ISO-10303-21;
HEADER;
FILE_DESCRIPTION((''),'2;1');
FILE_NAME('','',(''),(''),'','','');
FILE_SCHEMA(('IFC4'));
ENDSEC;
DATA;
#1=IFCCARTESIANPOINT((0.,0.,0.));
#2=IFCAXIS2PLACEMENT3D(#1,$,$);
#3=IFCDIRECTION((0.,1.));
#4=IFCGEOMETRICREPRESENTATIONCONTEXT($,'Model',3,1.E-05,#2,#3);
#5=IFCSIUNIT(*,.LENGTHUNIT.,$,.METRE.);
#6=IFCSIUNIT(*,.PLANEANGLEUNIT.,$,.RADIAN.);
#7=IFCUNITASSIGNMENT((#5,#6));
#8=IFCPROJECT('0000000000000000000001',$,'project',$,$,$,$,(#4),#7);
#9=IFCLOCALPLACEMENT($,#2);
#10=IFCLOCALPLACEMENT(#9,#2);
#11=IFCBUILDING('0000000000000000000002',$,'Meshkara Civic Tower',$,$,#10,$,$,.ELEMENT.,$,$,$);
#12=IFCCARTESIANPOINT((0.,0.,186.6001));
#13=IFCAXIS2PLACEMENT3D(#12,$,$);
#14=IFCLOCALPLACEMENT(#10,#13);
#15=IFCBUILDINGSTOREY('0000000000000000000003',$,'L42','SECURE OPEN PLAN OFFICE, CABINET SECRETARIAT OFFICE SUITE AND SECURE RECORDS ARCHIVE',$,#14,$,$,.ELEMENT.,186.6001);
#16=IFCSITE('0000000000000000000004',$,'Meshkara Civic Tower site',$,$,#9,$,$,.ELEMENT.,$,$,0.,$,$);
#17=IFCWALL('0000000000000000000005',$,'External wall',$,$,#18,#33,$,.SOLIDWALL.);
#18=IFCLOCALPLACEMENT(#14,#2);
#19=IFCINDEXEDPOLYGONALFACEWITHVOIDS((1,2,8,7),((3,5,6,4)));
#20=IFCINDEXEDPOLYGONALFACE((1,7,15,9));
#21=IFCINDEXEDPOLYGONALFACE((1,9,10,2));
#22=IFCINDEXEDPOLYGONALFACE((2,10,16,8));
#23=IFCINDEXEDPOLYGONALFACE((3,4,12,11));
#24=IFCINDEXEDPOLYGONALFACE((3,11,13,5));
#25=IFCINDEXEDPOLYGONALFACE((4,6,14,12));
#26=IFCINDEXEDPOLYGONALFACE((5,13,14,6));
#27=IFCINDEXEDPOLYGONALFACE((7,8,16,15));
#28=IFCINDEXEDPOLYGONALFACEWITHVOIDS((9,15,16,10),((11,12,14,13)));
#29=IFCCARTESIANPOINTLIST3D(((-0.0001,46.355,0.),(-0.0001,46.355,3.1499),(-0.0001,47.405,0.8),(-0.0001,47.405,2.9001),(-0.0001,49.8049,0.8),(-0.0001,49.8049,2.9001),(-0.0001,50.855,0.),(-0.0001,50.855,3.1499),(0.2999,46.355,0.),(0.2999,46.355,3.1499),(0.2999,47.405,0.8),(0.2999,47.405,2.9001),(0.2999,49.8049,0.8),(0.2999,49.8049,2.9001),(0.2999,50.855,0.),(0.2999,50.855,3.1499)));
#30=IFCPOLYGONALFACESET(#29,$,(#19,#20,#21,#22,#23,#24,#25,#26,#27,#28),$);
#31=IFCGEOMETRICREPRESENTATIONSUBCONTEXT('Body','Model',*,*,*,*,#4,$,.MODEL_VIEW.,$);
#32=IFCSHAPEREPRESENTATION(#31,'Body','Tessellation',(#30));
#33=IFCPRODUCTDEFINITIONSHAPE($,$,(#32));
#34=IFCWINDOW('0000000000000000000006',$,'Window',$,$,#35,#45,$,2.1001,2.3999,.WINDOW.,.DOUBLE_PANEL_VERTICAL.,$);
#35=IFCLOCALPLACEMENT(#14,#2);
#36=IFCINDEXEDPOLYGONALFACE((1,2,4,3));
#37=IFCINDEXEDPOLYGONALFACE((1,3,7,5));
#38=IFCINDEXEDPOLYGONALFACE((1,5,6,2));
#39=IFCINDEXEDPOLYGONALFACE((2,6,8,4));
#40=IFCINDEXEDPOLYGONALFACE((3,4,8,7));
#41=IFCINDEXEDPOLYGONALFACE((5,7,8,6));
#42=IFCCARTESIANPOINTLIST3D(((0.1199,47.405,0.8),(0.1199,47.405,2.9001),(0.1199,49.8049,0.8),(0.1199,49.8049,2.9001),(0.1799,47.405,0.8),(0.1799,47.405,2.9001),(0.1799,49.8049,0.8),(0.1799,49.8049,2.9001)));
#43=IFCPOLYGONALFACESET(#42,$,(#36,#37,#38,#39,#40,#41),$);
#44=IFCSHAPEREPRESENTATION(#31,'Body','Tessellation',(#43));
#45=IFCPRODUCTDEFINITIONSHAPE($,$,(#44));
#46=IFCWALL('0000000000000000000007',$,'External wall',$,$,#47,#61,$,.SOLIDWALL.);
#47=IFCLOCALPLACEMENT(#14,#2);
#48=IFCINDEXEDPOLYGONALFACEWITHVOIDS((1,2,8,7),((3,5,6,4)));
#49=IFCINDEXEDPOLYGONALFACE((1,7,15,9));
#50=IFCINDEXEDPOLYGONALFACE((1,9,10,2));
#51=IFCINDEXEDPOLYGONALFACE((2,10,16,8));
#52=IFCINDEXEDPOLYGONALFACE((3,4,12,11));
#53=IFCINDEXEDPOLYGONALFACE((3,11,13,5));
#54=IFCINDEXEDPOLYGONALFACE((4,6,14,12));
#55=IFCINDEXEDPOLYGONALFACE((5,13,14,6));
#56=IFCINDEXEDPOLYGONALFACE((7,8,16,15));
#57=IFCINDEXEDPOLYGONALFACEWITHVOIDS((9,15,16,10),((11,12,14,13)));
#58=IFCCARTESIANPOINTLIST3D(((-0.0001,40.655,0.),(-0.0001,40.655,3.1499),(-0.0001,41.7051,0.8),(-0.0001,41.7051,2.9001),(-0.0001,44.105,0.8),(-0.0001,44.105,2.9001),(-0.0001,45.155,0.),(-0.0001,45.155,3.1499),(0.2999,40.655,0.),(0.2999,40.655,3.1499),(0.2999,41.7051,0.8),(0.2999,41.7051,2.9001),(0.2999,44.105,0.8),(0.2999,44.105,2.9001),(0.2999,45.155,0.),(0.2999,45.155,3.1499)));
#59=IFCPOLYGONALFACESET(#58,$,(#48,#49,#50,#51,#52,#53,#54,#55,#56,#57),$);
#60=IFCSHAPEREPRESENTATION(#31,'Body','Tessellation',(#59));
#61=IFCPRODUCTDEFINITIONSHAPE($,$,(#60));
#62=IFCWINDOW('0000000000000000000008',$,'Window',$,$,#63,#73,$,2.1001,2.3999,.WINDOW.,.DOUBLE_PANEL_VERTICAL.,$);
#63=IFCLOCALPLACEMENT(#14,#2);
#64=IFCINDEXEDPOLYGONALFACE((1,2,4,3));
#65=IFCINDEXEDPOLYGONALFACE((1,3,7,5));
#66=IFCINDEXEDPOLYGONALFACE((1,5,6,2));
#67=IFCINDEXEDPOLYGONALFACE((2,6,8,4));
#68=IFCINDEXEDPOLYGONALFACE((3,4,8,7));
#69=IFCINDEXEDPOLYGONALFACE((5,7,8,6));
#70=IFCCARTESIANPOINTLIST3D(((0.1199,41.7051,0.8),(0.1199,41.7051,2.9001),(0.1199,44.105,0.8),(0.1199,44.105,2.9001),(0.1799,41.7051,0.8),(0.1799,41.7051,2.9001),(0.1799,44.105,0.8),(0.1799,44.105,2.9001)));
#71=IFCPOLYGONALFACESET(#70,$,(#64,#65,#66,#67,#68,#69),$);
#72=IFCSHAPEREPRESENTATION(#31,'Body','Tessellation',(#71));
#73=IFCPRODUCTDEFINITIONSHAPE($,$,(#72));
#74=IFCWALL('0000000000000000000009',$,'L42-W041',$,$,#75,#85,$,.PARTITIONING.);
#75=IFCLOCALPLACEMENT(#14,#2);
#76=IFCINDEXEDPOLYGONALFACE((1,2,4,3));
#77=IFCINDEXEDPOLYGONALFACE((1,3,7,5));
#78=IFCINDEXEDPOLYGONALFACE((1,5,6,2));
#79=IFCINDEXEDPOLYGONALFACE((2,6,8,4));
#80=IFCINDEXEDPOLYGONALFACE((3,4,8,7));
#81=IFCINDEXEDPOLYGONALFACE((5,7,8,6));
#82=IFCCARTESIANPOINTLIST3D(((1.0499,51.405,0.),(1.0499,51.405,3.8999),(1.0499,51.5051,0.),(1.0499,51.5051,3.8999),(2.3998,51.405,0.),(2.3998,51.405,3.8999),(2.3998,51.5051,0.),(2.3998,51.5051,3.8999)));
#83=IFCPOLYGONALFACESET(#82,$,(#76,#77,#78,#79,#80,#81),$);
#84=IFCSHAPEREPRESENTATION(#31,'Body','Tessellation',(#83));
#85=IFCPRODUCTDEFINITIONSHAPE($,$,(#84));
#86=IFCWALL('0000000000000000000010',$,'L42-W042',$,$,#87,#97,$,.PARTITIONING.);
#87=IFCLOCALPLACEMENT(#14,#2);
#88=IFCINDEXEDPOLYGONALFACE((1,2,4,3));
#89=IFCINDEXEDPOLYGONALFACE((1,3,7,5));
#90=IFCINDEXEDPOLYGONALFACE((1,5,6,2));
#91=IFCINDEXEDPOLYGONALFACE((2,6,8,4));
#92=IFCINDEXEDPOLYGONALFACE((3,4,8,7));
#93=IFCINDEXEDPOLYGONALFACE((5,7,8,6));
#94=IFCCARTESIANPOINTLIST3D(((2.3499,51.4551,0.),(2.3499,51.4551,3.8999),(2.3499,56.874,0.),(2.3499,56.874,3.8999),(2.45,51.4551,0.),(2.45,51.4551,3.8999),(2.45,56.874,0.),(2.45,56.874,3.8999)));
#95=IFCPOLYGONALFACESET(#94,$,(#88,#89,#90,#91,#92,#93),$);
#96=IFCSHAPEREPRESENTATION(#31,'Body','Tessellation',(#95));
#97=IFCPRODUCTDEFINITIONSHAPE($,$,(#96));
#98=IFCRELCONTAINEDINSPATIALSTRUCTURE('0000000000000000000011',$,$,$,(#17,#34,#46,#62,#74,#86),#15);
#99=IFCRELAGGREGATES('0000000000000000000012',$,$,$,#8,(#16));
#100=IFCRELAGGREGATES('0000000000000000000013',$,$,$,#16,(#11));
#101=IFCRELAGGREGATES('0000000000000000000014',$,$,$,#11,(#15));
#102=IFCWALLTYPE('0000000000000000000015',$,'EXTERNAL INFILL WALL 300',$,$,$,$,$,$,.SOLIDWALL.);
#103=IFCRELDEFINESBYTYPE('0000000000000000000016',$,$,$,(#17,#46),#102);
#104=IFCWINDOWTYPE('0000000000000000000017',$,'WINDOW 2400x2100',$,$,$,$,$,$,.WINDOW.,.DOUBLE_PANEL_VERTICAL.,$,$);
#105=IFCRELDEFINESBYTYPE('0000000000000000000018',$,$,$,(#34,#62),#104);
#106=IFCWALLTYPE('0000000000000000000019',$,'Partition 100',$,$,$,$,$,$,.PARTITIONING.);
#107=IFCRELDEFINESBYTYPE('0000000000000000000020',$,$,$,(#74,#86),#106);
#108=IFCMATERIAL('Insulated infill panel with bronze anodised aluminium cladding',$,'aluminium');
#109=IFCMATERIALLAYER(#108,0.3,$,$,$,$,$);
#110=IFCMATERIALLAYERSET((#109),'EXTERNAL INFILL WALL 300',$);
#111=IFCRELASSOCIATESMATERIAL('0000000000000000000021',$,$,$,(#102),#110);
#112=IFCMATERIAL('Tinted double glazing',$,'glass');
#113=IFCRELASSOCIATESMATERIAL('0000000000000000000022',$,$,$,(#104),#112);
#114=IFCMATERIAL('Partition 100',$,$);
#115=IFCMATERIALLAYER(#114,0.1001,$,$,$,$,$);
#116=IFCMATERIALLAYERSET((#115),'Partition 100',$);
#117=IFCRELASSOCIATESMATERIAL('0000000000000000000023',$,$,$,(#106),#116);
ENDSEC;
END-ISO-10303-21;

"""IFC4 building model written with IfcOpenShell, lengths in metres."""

from ifc_helpers import new_model, si_unit, direction, frame, frame_2d, origin, place, context, subcontext, project, spatial, rectangle, extrude, material, layer, layer_set, type_object, element, fill, save


model = new_model("IFC4")

# Units and contexts
model_context = context("Model", 3, precision=1e-05, world=origin(), true_north=direction((0.0, 1.0)))
body_context = subcontext(model_context, "Body", "Model", "MODEL_VIEW")
ifc_project = project(units=[si_unit("LENGTHUNIT", "METRE"), si_unit("PLANEANGLEUNIT", "RADIAN")], contexts=[model_context])

# Site, building, storey
site_placement = place(None, origin())
site = spatial("IfcSite", under=ifc_project, at=site_placement, Name="Meshkara Civic Tower site", CompositionType="ELEMENT", RefElevation=0.0)
building_placement = place(site_placement, origin())
building = spatial("IfcBuilding", under=site, at=building_placement, Name="Meshkara Civic Tower", CompositionType="ELEMENT")
storey_placement = place(building_placement, frame((0.0, 0.0, 186.6001)))
storey = spatial("IfcBuildingStorey", under=building, at=storey_placement, Name="L42", Description="SECURE OPEN PLAN OFFICE, CABINET SECRETARIAT OFFICE SUITE AND SECURE RECORDS ARCHIVE", CompositionType="ELEMENT", Elevation=186.6001)

# Walls, openings, windows
ifc_material_1 = material(Name="Insulated infill panel with bronze anodised aluminium cladding", Category="aluminium")
ifc_layer_1 = layer(ifc_material_1, 0.3)
ifc_layer_set_1 = layer_set([ifc_layer_1], Name="EXTERNAL INFILL WALL 300")
wall_type_1 = type_object("IfcWallType", Name="EXTERNAL INFILL WALL 300", PredefinedType="SOLIDWALL", material=ifc_layer_set_1)
ifc_material_2 = material(Name="Tinted double glazing", Category="glass")
window_type = type_object("IfcWindowType", Name="WINDOW 2400x2100", PartitioningType="DOUBLE_PANEL_VERTICAL", PredefinedType="WINDOW", material=ifc_material_2)
wall_1_placement = place(storey_placement, frame((0.1499, 50.855, 0.0), z_axis=(0.0, 0.0, 1.0), x_axis=(0.0, -1.0, 0.0)))
wall_1 = element("IfcWall", 1, at=wall_1_placement, inside=storey, type_object=wall_type_1, Name="External wall", PredefinedType="SOLIDWALL", context=body_context, shape_type="SweptSolid", body=[
    extrude(rectangle(XDim=4.5, YDim=0.3, at=frame_2d((2.25, 0.0))), origin(), (0.0, 0.0, 1.0), 3.1499),
])
opening_1_placement = place(wall_1_placement, frame((1.05, 0.0, 0.8)))
opening_1 = element("IfcOpeningElement", 2, at=opening_1_placement, cuts=wall_1, PredefinedType="OPENING", context=body_context, shape_type="SweptSolid", body=[
    extrude(rectangle(XDim=2.3999, YDim=2.1001, at=frame_2d((1.2, 1.05))), frame((0.0, 0.1599, 0.0), z_axis=(0.0, -1.0, 0.0), x_axis=(1.0, 0.0, 0.0)), (0.0, 0.0, 1.0), 0.3201),
])
window_1_placement = place(opening_1_placement, origin())
window_1 = element("IfcWindow", 3, at=window_1_placement, inside=storey, type_object=window_type, Name="Window", OverallHeight=2.1001, OverallWidth=2.3999, PartitioningType="DOUBLE_PANEL_VERTICAL", PredefinedType="WINDOW", context=body_context, shape_type="SweptSolid", body=[
    extrude(rectangle(XDim=2.3999, YDim=2.1001, at=frame_2d((1.2, 1.05))), frame((0.0, 0.03, 0.0), z_axis=(0.0, -1.0, 0.0), x_axis=(1.0, 0.0, 0.0)), (0.0, 0.0, 1.0), 0.0601),
])
fill(opening_1, window_1)
wall_2_placement = place(storey_placement, frame((0.1499, 45.155, 0.0), z_axis=(0.0, 0.0, 1.0), x_axis=(0.0, -1.0, 0.0)))
wall_2 = element("IfcWall", 4, at=wall_2_placement, inside=storey, type_object=wall_type_1, Name="External wall", PredefinedType="SOLIDWALL", context=body_context, shape_type="SweptSolid", body=[
    extrude(rectangle(XDim=4.5, YDim=0.3, at=frame_2d((2.25, 0.0))), origin(), (0.0, 0.0, 1.0), 3.1499),
])
opening_2_placement = place(wall_2_placement, frame((1.05, 0.0, 0.8)))
opening_2 = element("IfcOpeningElement", 5, at=opening_2_placement, cuts=wall_2, PredefinedType="OPENING", context=body_context, shape_type="SweptSolid", body=[
    extrude(rectangle(XDim=2.3999, YDim=2.1001, at=frame_2d((1.2, 1.05))), frame((0.0, 0.1599, 0.0), z_axis=(0.0, -1.0, 0.0), x_axis=(1.0, 0.0, 0.0)), (0.0, 0.0, 1.0), 0.3201),
])
window_2_placement = place(opening_2_placement, origin())
window_2 = element("IfcWindow", 6, at=window_2_placement, inside=storey, type_object=window_type, Name="Window", OverallHeight=2.1001, OverallWidth=2.3999, PartitioningType="DOUBLE_PANEL_VERTICAL", PredefinedType="WINDOW", context=body_context, shape_type="SweptSolid", body=[
    extrude(rectangle(XDim=2.3999, YDim=2.1001, at=frame_2d((1.2, 1.05))), frame((0.0, 0.03, 0.0), z_axis=(0.0, -1.0, 0.0), x_axis=(1.0, 0.0, 0.0)), (0.0, 0.0, 1.0), 0.0601),
])
fill(opening_2, window_2)

# Walls
ifc_material_3 = material(Name="Partition 100")
ifc_layer_2 = layer(ifc_material_3, 0.1001)
ifc_layer_set_2 = layer_set([ifc_layer_2], Name="Partition 100")
wall_type_2 = type_object("IfcWallType", Name="Partition 100", PredefinedType="PARTITIONING", material=ifc_layer_set_2)
wall_3_placement = place(storey_placement, frame((1.05, 51.4551, 0.0), z_axis=(0.0, 0.0, 1.0), x_axis=(1.0, 0.0, 0.0)))
element("IfcWall", 7, at=wall_3_placement, inside=storey, type_object=wall_type_2, Name="L42-W041", PredefinedType="PARTITIONING", context=body_context, shape_type="SweptSolid", body=[
    extrude(rectangle(XDim=1.3499, YDim=0.1001, at=frame_2d((0.6748, 0.0))), origin(), (0.0, 0.0, 1.0), 3.8999),
])
wall_4_placement = place(storey_placement, frame((2.3999, 51.4551, 0.0), z_axis=(0.0, 0.0, 1.0), x_axis=(0.0, 1.0, 0.0)))
element("IfcWall", 8, at=wall_4_placement, inside=storey, type_object=wall_type_2, Name="L42-W042", PredefinedType="PARTITIONING", context=body_context, shape_type="SweptSolid", body=[
    extrude(rectangle(XDim=5.4189, YDim=0.1001, at=frame_2d((2.7095, 0.0))), origin(), (0.0, 0.0, 1.0), 3.8999),
])

save(model, "model.ifc")
